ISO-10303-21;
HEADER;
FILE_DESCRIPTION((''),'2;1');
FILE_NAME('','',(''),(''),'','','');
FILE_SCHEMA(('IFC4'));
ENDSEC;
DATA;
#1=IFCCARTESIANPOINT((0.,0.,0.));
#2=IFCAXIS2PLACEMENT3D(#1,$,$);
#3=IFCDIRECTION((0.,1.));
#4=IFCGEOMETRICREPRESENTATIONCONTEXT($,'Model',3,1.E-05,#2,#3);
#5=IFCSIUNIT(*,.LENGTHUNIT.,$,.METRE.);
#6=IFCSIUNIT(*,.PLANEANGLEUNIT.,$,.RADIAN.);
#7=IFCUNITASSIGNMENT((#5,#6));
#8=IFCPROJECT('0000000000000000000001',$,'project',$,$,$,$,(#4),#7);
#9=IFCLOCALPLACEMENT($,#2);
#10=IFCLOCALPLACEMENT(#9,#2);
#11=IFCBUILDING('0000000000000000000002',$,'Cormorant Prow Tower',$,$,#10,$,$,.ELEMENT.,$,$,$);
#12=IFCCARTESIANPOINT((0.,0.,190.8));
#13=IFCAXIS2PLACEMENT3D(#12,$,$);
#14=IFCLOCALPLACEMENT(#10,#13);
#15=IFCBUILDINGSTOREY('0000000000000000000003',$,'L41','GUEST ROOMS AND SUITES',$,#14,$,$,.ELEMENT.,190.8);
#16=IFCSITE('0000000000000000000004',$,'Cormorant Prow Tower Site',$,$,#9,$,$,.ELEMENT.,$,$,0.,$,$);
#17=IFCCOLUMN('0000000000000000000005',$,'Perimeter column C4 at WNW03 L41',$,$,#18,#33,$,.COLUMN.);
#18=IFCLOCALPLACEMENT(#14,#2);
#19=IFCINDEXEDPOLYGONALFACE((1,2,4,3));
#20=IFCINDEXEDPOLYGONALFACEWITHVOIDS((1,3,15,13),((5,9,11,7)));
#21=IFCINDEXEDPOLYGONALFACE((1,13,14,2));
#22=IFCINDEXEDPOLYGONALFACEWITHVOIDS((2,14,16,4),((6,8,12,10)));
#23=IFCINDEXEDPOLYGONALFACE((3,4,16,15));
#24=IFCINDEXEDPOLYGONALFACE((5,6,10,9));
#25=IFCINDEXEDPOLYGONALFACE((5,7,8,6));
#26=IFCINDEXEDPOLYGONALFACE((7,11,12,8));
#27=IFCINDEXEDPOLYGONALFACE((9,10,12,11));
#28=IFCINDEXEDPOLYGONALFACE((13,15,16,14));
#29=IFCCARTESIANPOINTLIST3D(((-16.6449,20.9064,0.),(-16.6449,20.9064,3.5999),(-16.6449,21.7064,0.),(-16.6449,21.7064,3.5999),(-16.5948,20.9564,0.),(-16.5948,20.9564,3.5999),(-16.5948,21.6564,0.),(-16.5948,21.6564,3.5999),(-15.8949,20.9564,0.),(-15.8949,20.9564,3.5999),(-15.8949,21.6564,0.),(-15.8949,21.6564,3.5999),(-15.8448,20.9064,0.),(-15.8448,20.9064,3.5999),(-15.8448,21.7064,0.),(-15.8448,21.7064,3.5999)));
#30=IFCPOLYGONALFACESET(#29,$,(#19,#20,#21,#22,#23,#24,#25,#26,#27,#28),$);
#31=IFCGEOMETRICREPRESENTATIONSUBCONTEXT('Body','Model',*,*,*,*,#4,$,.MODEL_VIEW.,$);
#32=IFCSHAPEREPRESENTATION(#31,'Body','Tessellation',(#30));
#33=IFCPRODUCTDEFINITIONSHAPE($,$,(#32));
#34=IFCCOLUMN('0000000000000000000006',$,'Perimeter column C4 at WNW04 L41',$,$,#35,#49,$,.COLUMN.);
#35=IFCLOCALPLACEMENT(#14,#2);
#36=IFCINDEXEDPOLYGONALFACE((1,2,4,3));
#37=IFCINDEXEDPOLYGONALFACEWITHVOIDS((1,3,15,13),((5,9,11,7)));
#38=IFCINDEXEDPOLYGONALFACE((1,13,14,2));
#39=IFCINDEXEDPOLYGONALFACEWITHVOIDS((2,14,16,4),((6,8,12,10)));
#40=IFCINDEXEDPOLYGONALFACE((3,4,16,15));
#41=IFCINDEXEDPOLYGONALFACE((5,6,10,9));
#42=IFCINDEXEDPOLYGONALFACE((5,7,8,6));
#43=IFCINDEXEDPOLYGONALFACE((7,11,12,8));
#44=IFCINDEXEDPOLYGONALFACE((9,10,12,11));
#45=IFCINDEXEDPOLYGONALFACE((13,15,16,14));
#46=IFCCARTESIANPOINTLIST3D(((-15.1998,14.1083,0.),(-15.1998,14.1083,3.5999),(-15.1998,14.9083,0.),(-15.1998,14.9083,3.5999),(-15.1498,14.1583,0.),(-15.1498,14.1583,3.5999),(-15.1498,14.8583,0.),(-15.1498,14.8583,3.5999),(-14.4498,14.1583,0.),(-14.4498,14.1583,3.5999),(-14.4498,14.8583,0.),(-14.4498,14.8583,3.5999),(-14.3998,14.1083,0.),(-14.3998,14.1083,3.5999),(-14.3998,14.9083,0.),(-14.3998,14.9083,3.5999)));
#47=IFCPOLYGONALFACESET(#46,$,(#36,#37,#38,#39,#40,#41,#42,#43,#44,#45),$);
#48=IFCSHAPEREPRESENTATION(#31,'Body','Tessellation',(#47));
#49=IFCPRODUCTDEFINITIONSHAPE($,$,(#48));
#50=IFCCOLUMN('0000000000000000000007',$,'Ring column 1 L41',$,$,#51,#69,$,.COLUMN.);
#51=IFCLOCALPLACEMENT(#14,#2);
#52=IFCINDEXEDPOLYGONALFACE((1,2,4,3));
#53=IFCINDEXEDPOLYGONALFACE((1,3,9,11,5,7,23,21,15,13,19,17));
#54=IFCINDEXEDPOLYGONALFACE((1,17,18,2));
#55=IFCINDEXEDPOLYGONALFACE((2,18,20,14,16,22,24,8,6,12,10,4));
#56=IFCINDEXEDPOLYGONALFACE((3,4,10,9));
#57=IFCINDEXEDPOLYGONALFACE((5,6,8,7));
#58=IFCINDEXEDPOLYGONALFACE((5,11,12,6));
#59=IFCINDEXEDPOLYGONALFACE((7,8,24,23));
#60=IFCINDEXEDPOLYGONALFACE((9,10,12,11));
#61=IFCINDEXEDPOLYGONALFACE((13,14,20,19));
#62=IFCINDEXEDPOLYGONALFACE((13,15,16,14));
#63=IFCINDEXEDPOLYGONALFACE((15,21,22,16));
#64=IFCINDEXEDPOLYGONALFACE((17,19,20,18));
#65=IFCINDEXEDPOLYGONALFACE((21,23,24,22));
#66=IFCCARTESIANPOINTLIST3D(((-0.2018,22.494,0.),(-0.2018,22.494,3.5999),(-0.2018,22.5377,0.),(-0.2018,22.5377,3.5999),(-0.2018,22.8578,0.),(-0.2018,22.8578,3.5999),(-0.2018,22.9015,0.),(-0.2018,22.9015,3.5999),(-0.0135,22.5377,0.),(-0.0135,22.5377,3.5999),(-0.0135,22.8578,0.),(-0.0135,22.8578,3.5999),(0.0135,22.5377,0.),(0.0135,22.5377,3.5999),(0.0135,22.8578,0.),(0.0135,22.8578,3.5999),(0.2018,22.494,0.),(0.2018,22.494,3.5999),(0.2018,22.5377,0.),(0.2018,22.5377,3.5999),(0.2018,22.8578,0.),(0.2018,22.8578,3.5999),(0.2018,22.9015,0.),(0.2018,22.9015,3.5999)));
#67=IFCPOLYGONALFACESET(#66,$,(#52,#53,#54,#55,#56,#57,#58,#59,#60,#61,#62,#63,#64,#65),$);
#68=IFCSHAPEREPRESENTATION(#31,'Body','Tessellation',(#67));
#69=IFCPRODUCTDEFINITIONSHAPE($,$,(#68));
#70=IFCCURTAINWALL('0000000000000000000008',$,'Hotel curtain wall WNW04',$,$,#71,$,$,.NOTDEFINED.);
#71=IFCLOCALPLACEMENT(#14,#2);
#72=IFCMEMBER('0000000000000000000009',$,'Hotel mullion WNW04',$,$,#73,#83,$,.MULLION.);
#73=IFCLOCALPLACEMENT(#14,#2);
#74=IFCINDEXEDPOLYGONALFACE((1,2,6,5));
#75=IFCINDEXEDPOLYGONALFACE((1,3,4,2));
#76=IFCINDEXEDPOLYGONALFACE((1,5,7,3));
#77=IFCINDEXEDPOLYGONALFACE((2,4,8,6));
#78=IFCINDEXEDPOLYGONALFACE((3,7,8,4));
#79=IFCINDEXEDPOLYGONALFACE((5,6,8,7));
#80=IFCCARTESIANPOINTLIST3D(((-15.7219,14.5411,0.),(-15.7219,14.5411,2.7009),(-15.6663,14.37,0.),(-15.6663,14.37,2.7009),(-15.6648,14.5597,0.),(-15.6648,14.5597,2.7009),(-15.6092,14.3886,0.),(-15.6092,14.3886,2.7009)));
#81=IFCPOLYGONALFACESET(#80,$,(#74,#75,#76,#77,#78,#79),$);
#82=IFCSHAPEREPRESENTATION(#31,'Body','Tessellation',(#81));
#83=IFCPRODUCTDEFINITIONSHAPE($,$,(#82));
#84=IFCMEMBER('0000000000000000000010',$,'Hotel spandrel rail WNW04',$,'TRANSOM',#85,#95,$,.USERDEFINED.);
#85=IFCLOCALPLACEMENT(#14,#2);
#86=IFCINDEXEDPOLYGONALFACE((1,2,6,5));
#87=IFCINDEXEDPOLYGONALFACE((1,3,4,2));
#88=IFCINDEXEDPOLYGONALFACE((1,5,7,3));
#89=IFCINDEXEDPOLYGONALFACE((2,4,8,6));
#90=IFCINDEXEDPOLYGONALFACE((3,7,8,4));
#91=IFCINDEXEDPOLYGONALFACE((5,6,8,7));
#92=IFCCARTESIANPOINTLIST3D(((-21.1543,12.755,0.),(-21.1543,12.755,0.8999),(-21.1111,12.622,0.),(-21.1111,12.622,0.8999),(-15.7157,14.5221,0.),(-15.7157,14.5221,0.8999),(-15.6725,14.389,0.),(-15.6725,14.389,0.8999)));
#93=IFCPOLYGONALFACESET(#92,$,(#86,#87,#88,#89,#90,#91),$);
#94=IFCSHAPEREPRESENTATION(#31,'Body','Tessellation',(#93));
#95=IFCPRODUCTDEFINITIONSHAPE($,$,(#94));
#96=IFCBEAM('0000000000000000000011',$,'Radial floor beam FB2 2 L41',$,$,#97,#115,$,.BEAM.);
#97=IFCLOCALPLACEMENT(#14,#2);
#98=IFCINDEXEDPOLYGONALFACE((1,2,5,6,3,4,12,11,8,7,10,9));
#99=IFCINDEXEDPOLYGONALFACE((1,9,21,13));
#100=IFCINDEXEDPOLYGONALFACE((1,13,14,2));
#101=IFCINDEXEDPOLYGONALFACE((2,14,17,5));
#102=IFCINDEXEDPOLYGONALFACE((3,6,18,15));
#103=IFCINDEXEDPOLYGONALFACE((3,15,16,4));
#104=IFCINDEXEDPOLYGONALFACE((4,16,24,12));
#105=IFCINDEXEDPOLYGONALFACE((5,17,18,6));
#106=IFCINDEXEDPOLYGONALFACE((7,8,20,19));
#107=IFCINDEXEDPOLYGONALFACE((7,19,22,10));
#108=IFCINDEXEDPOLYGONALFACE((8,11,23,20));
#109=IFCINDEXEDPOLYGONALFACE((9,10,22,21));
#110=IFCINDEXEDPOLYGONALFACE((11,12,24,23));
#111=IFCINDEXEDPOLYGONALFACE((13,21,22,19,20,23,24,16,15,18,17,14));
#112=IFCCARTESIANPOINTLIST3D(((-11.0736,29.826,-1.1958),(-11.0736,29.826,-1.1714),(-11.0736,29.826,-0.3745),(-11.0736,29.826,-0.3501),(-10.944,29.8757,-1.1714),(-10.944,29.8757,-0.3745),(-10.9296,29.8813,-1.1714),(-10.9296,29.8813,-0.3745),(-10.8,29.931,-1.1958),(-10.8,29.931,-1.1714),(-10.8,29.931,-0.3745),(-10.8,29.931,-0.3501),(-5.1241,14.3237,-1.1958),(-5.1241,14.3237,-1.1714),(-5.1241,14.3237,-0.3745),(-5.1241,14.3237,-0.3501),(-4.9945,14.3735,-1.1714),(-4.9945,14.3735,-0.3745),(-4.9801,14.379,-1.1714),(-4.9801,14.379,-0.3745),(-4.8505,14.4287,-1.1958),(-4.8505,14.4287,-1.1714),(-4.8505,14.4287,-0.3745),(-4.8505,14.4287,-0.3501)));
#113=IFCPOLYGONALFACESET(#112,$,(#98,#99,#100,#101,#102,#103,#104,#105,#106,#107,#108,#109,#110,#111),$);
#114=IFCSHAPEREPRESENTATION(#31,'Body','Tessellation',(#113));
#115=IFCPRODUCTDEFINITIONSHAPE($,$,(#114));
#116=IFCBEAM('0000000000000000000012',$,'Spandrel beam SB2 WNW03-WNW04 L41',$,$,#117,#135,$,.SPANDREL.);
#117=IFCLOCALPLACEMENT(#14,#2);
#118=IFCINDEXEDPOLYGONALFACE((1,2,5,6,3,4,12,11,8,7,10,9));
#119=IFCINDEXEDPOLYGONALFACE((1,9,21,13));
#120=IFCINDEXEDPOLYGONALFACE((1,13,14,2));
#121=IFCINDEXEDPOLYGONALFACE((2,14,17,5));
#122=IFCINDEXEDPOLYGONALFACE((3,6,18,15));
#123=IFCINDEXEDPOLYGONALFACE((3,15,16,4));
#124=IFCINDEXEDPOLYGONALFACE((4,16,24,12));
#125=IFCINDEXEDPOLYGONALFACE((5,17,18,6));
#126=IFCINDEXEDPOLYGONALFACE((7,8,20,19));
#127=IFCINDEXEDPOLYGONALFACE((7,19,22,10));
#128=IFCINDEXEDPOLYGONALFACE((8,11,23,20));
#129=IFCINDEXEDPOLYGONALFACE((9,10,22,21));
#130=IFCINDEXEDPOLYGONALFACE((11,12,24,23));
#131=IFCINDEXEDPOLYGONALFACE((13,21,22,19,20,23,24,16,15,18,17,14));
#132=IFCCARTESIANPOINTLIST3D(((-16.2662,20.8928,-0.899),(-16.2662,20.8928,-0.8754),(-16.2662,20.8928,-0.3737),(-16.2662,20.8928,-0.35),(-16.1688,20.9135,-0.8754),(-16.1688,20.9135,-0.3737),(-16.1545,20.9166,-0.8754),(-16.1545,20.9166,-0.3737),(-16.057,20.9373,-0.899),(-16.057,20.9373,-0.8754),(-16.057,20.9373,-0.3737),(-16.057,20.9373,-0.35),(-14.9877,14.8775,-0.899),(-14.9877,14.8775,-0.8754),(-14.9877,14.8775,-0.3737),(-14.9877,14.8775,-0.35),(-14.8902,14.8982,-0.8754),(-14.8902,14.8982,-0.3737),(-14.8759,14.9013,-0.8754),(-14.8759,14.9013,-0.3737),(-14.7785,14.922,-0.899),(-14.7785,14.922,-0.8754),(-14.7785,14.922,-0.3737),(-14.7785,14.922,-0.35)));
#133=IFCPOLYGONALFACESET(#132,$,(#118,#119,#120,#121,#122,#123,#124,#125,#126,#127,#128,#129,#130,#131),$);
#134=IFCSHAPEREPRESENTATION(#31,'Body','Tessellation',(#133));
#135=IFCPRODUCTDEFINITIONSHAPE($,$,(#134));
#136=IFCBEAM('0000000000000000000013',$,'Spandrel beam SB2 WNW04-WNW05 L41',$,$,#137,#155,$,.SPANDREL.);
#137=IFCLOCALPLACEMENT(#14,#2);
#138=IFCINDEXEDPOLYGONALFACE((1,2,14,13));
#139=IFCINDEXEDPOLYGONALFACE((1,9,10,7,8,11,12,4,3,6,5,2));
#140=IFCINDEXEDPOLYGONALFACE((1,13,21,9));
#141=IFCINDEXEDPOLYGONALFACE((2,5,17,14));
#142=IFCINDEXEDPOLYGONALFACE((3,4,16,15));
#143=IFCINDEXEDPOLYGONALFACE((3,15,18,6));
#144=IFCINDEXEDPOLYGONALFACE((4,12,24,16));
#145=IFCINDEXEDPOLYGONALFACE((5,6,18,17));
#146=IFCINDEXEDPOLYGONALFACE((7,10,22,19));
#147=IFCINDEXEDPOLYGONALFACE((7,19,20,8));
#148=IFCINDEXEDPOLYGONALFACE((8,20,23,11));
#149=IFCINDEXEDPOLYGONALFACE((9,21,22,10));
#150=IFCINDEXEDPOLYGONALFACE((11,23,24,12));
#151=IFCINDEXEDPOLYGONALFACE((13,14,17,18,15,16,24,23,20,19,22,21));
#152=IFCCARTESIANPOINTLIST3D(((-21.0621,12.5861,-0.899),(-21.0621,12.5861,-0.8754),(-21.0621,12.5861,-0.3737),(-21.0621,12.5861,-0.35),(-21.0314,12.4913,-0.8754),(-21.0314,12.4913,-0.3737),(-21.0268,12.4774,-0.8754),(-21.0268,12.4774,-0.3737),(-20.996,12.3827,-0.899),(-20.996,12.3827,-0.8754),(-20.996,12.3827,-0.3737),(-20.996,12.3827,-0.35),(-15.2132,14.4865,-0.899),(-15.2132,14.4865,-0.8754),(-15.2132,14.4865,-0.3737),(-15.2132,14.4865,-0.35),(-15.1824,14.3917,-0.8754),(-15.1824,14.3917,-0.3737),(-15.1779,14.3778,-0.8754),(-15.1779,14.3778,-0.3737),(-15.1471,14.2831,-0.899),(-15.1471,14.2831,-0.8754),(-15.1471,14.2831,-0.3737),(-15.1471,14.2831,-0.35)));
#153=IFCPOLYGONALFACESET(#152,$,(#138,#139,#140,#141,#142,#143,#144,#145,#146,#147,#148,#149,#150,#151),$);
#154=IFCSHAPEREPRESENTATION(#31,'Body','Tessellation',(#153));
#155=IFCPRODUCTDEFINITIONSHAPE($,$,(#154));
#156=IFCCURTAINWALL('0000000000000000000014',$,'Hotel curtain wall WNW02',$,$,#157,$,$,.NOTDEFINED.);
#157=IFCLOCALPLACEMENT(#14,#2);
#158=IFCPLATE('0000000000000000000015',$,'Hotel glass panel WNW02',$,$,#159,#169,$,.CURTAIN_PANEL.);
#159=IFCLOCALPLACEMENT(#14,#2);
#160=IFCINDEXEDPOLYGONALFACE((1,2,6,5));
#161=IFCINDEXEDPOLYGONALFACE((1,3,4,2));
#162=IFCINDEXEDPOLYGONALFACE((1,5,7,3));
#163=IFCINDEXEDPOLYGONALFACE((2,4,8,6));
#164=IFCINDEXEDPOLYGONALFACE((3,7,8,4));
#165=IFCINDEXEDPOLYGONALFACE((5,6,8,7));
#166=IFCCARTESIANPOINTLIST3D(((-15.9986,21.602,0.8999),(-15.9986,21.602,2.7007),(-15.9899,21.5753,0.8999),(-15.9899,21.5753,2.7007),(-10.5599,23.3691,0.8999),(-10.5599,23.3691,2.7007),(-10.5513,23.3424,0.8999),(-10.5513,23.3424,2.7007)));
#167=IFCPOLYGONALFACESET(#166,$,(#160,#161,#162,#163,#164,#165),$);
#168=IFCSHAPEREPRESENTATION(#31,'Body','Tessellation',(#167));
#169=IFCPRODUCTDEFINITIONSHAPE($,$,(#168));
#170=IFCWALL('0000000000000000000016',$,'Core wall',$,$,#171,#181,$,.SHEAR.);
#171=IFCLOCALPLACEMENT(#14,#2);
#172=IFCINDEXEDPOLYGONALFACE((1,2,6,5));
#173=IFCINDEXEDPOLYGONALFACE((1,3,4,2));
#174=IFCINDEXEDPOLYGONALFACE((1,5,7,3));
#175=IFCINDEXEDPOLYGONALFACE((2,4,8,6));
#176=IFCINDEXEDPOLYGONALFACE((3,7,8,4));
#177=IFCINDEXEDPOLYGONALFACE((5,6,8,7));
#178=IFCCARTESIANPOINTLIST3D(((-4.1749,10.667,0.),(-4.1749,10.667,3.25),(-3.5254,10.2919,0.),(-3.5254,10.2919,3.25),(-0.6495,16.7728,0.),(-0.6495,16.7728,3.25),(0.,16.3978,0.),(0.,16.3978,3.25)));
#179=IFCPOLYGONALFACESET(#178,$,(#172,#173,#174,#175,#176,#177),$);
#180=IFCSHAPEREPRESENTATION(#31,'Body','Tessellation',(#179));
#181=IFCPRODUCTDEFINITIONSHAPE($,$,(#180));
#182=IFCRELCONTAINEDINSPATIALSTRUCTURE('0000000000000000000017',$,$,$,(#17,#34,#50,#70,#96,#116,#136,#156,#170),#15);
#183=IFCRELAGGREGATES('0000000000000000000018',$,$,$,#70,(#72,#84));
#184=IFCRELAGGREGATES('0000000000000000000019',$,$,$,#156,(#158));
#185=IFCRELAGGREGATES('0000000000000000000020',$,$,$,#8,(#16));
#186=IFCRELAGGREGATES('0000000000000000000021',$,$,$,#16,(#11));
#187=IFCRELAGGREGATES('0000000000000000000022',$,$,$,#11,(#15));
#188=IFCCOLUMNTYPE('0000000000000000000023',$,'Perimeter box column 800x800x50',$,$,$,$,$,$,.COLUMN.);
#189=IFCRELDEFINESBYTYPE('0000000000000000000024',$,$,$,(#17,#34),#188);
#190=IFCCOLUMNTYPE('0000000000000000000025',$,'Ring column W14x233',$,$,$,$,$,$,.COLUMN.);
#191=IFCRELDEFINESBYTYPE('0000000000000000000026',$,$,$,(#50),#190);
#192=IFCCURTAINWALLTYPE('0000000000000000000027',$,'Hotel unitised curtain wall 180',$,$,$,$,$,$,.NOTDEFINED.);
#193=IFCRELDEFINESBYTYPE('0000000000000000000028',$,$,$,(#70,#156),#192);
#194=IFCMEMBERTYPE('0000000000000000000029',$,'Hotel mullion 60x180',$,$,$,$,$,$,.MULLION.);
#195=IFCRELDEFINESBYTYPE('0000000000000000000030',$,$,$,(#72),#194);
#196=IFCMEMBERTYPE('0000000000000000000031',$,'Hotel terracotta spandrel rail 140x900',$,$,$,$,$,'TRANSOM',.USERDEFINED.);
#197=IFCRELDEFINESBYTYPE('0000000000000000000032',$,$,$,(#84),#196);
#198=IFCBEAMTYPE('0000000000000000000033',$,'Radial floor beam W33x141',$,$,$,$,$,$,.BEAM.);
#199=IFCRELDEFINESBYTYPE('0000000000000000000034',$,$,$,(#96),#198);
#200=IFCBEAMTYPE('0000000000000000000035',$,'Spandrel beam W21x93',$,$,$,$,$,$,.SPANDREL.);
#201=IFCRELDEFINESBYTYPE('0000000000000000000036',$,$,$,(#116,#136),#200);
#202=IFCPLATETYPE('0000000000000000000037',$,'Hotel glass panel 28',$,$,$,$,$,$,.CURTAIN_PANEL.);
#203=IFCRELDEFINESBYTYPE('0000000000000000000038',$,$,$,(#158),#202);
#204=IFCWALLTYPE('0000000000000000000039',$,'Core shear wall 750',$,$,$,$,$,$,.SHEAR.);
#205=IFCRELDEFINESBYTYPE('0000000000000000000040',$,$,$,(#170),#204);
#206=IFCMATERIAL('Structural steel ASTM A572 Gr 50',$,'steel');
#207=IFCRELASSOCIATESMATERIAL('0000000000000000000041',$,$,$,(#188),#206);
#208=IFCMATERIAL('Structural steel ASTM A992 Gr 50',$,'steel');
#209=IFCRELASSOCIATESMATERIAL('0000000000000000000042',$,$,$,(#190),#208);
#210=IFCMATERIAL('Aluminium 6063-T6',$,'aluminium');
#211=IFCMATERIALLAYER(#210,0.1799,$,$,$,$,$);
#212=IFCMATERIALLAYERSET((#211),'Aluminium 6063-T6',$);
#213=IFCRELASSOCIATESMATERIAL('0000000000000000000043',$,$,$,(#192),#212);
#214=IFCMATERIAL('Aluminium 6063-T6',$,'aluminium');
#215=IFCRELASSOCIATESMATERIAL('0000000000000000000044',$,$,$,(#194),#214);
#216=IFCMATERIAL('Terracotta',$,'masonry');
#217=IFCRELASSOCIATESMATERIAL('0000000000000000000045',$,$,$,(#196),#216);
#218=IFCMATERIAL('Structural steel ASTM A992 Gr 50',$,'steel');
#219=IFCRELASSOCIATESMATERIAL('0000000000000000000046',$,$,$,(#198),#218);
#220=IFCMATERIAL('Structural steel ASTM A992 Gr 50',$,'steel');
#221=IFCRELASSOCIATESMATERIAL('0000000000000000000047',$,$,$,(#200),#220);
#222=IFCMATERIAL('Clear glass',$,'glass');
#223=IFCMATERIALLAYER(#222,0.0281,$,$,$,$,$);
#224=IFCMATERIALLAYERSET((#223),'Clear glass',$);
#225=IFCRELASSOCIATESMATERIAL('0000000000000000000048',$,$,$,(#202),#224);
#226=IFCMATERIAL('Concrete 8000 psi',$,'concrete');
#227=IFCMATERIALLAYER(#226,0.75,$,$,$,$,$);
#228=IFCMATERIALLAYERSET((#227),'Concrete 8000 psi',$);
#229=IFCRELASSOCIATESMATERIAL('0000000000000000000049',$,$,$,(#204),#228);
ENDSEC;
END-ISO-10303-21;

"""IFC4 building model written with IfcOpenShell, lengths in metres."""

from ifc_helpers import new_model, si_unit, direction, frame, frame_2d, origin, origin_2d, place, context, subcontext, project, spatial, rectangle, hollow_rectangle, i_section, extrude, material, layer, layer_set, material_profile, profile_set, type_object, element, aggregate, save


model = new_model("IFC4")

# Units and contexts
model_context = context("Model", 3, precision=1e-05, world=origin(), true_north=direction((0.0, 1.0)))
body_context = subcontext(model_context, "Body", "Model", "MODEL_VIEW")
ifc_project = project(units=[si_unit("LENGTHUNIT", "METRE"), si_unit("PLANEANGLEUNIT", "RADIAN")], contexts=[model_context])

# Site, building, storey
site_placement = place(None, origin())
site = spatial("IfcSite", under=ifc_project, at=site_placement, Name="Cormorant Prow Tower Site", CompositionType="ELEMENT", RefElevation=0.0)
building_placement = place(site_placement, origin())
building = spatial("IfcBuilding", under=site, at=building_placement, Name="Cormorant Prow Tower", CompositionType="ELEMENT")
storey_placement = place(building_placement, frame((0.0, 0.0, 190.8)))
storey = spatial("IfcBuildingStorey", under=building, at=storey_placement, Name="L41", Description="GUEST ROOMS AND SUITES", CompositionType="ELEMENT", Elevation=190.8)

# Columns
ifc_material_1 = material(Name="Structural steel ASTM A572 Gr 50", Category="steel")
ifc_material_profile_1 = material_profile(ifc_material_1, hollow_rectangle(XDim=0.8, YDim=0.8, WallThickness=0.05, at=origin_2d()), Name="Box 800x800x50")
ifc_profile_set_1 = profile_set([ifc_material_profile_1], Name="Structural steel ASTM A572 Gr 50")
column_type_1 = type_object("IfcColumnType", Name="Perimeter box column 800x800x50", PredefinedType="COLUMN", material=ifc_profile_set_1)
for number, where, z_axis, x_axis, name in (
    (1, (-16.2449, 21.3064, 0.0), (0.0, 0.0, 1.0), (1.0, 0.0, 0.0), "Perimeter column C4 at WNW03 L41"),
    (2, (-14.7998, 14.5083, 0.0), (0.0, 0.0, 1.0), (1.0, 0.0, 0.0), "Perimeter column C4 at WNW04 L41"),
):
    element("IfcColumn", number, at=place(storey_placement, frame(where, z_axis=z_axis, x_axis=x_axis)), inside=storey, type_object=column_type_1, Name=name, PredefinedType="COLUMN", context=body_context, shape_type="SweptSolid", body=[
        extrude(hollow_rectangle(XDim=0.8, YDim=0.8, WallThickness=0.05, at=origin_2d()), origin(), (0.0, 0.0, 1.0), 3.5999),
    ])
ifc_material_2 = material(Name="Structural steel ASTM A992 Gr 50", Category="steel")
ifc_material_profile_2 = material_profile(ifc_material_2, i_section(OverallWidth=0.4036, OverallDepth=0.4075, WebThickness=0.0271, FlangeThickness=0.0437, at=origin_2d()), Name="W14x233")
ifc_profile_set_2 = profile_set([ifc_material_profile_2], Name="Structural steel ASTM A992 Gr 50")
column_type_2 = type_object("IfcColumnType", Name="Ring column W14x233", PredefinedType="COLUMN", material=ifc_profile_set_2)
column_placement = place(storey_placement, frame((0.0, 22.6978, 0.0), z_axis=(0.0, 0.0, 1.0), x_axis=(1.0, 0.0, 0.0)))
element("IfcColumn", 3, at=column_placement, inside=storey, type_object=column_type_2, Name="Ring column 1 L41", PredefinedType="COLUMN", context=body_context, shape_type="SweptSolid", body=[
    extrude(i_section(OverallWidth=0.4036, OverallDepth=0.4075, WebThickness=0.0271, FlangeThickness=0.0437, at=origin_2d()), origin(), (0.0, 0.0, 1.0), 3.5999),
])

# Curtain wall, members
ifc_material_3 = material(Name="Aluminium 6063-T6", Category="aluminium")
ifc_layer_1 = layer(ifc_material_3, 0.1799)
ifc_layer_set_1 = layer_set([ifc_layer_1], Name="Aluminium 6063-T6")
curtain_wall_type = type_object("IfcCurtainWallType", Name="Hotel unitised curtain wall 180", PredefinedType="NOTDEFINED", material=ifc_layer_set_1)
curtain_wall_1_placement = place(storey_placement, origin())
curtain_wall_1 = element("IfcCurtainWall", 4, at=curtain_wall_1_placement, inside=storey, type_object=curtain_wall_type, Name="Hotel curtain wall WNW04", PredefinedType="NOTDEFINED")
ifc_material_4 = material(Name="Aluminium 6063-T6", Category="aluminium")
ifc_material_profile_3 = material_profile(ifc_material_4, rectangle(XDim=0.1799, YDim=0.0601, at=origin_2d()), Name="Hotel mullion 60x180")
ifc_profile_set_3 = profile_set([ifc_material_profile_3], Name="Aluminium 6063-T6")
member_type_1 = type_object("IfcMemberType", Name="Hotel mullion 60x180", PredefinedType="MULLION", material=ifc_profile_set_3)
member_1_placement = place(storey_placement, frame((-15.6655, 14.4648, 0.0), z_axis=(0.0, 0.0, 1.0), x_axis=(0.309017, -0.951057, 0.0)))
member_1 = element("IfcMember", 5, at=member_1_placement, type_object=member_type_1, Name="Hotel mullion WNW04", PredefinedType="MULLION", context=body_context, shape_type="SweptSolid", body=[
    extrude(rectangle(XDim=0.1799, YDim=0.0601, at=origin_2d()), origin(), (0.0, 0.0, 1.0), 2.7009),
])
ifc_material_5 = material(Name="Terracotta", Category="masonry")
ifc_material_profile_4 = material_profile(ifc_material_5, rectangle(XDim=0.1399, YDim=0.8999, at=origin_2d()), Name="Hotel terracotta spandrel rail 140x900")
ifc_profile_set_4 = profile_set([ifc_material_profile_4], Name="Terracotta")
member_type_2 = type_object("IfcMemberType", Name="Hotel terracotta spandrel rail 140x900", ElementType="TRANSOM", PredefinedType="USERDEFINED", material=ifc_profile_set_4)
member_2_placement = place(storey_placement, frame((-15.6941, 14.4556, 0.45), z_axis=(-0.951059, -0.309008, 0.0), x_axis=(0.309008, -0.951059, 0.0)))
member_2 = element("IfcMember", 6, at=member_2_placement, type_object=member_type_2, Name="Hotel spandrel rail WNW04", ObjectType="TRANSOM", PredefinedType="USERDEFINED", context=body_context, shape_type="SweptSolid", body=[
    extrude(rectangle(XDim=0.1399, YDim=0.8999, at=origin_2d()), origin(), (0.0, 0.0, 1.0), 5.7185),
])
aggregate(curtain_wall_1, [member_1, member_2])

# Beams
ifc_material_6 = material(Name="Structural steel ASTM A992 Gr 50", Category="steel")
ifc_material_profile_5 = material_profile(ifc_material_6, i_section(OverallWidth=0.293, OverallDepth=0.8457, WebThickness=0.0154, FlangeThickness=0.0244, at=origin_2d()), Name="W33x141")
ifc_profile_set_5 = profile_set([ifc_material_profile_5], Name="Structural steel ASTM A992 Gr 50")
beam_type_1 = type_object("IfcBeamType", Name="Radial floor beam W33x141", PredefinedType="BEAM", material=ifc_profile_set_5)
beam_1_placement = place(storey_placement, frame((-4.9873, 14.3762, -0.7729), z_axis=(-0.358301, 0.933606, 0.0), x_axis=(-0.933606, -0.358301, 0.0)))
element("IfcBeam", 7, at=beam_1_placement, inside=storey, type_object=beam_type_1, Name="Radial floor beam FB2 2 L41", PredefinedType="BEAM", context=body_context, shape_type="SweptSolid", body=[
    extrude(i_section(OverallWidth=0.293, OverallDepth=0.8457, WebThickness=0.0154, FlangeThickness=0.0244, at=origin_2d()), origin(), (0.0, 0.0, 1.0), 16.6047),
])
ifc_material_7 = material(Name="Structural steel ASTM A992 Gr 50", Category="steel")
ifc_material_profile_6 = material_profile(ifc_material_7, i_section(OverallWidth=0.2139, OverallDepth=0.5491, WebThickness=0.0146, FlangeThickness=0.0237, at=origin_2d()), Name="W21x93")
ifc_profile_set_6 = profile_set([ifc_material_profile_6], Name="Structural steel ASTM A992 Gr 50")
beam_type_2 = type_object("IfcBeamType", Name="Spandrel beam W21x93", PredefinedType="SPANDREL", material=ifc_profile_set_6)
beam_2_placement = place(storey_placement, frame((-16.1616, 20.915, -0.6245), z_axis=(0.207905, -0.978149, 0.0), x_axis=(0.978149, 0.207905, 0.0)))
element("IfcBeam", 8, at=beam_2_placement, inside=storey, type_object=beam_type_2, Name="Spandrel beam SB2 WNW03-WNW04 L41", PredefinedType="SPANDREL", context=body_context, shape_type="SweptSolid", body=[
    extrude(i_section(OverallWidth=0.2139, OverallDepth=0.5491, WebThickness=0.0146, FlangeThickness=0.0237, at=origin_2d()), origin(), (0.0, 0.0, 1.0), 6.1497),
])
beam_3_placement = place(storey_placement, frame((-15.1802, 14.3848, -0.6245), z_axis=(-0.951058, -0.309013, 0.0), x_axis=(0.309013, -0.951058, 0.0)))
element("IfcBeam", 9, at=beam_3_placement, inside=storey, type_object=beam_type_2, Name="Spandrel beam SB2 WNW04-WNW05 L41", PredefinedType="SPANDREL", context=body_context, shape_type="SweptSolid", body=[
    extrude(i_section(OverallWidth=0.2139, OverallDepth=0.5491, WebThickness=0.0146, FlangeThickness=0.0237, at=origin_2d()), origin(), (0.0, 0.0, 1.0), 6.1499),
])

# Curtain wall, plate
curtain_wall_2_placement = place(storey_placement, origin())
curtain_wall_2 = element("IfcCurtainWall", 10, at=curtain_wall_2_placement, inside=storey, type_object=curtain_wall_type, Name="Hotel curtain wall WNW02", PredefinedType="NOTDEFINED")
ifc_material_8 = material(Name="Clear glass", Category="glass")
ifc_layer_2 = layer(ifc_material_8, 0.0281)
ifc_layer_set_2 = layer_set([ifc_layer_2], Name="Clear glass")
plate_type = type_object("IfcPlateType", Name="Hotel glass panel 28", PredefinedType="CURTAIN_PANEL", material=ifc_layer_set_2)
plate_placement = place(storey_placement, frame((-13.2749, 22.4722, 0.8999), z_axis=(0.0, 0.0, 1.0), x_axis=(-0.951056, -0.309017, 0.0)))
plate = element("IfcPlate", 11, at=plate_placement, type_object=plate_type, Name="Hotel glass panel WNW02", PredefinedType="CURTAIN_PANEL", context=body_context, shape_type="SweptSolid", body=[
    extrude(rectangle(XDim=5.7185, YDim=0.0281, at=origin_2d()), origin(), (0.0, 0.0, 1.0), 1.8008),
])
aggregate(curtain_wall_2, [plate])

# Wall
ifc_material_9 = material(Name="Concrete 8000 psi", Category="concrete")
ifc_layer_3 = layer(ifc_material_9, 0.75)
ifc_layer_set_3 = layer_set([ifc_layer_3], Name="Concrete 8000 psi")
wall_type_1 = type_object("IfcWallType", Name="Core shear wall 750", PredefinedType="SHEAR", material=ifc_layer_set_3)
wall_1_placement = place(storey_placement, frame((-0.3247, 16.5854, 0.0), z_axis=(0.0, 0.0, 1.0), x_axis=(-0.500012, -0.866018, 0.0)))
element("IfcWall", 12, at=wall_1_placement, inside=storey, type_object=wall_type_1, Name="Core wall", PredefinedType="SHEAR", context=body_context, shape_type="SweptSolid", body=[
    extrude(rectangle(XDim=7.0505, YDim=0.75, at=frame_2d((3.5254, 0.0))), origin(), (0.0, 0.0, 1.0), 3.25),
])

save(model, "model.ifc")
